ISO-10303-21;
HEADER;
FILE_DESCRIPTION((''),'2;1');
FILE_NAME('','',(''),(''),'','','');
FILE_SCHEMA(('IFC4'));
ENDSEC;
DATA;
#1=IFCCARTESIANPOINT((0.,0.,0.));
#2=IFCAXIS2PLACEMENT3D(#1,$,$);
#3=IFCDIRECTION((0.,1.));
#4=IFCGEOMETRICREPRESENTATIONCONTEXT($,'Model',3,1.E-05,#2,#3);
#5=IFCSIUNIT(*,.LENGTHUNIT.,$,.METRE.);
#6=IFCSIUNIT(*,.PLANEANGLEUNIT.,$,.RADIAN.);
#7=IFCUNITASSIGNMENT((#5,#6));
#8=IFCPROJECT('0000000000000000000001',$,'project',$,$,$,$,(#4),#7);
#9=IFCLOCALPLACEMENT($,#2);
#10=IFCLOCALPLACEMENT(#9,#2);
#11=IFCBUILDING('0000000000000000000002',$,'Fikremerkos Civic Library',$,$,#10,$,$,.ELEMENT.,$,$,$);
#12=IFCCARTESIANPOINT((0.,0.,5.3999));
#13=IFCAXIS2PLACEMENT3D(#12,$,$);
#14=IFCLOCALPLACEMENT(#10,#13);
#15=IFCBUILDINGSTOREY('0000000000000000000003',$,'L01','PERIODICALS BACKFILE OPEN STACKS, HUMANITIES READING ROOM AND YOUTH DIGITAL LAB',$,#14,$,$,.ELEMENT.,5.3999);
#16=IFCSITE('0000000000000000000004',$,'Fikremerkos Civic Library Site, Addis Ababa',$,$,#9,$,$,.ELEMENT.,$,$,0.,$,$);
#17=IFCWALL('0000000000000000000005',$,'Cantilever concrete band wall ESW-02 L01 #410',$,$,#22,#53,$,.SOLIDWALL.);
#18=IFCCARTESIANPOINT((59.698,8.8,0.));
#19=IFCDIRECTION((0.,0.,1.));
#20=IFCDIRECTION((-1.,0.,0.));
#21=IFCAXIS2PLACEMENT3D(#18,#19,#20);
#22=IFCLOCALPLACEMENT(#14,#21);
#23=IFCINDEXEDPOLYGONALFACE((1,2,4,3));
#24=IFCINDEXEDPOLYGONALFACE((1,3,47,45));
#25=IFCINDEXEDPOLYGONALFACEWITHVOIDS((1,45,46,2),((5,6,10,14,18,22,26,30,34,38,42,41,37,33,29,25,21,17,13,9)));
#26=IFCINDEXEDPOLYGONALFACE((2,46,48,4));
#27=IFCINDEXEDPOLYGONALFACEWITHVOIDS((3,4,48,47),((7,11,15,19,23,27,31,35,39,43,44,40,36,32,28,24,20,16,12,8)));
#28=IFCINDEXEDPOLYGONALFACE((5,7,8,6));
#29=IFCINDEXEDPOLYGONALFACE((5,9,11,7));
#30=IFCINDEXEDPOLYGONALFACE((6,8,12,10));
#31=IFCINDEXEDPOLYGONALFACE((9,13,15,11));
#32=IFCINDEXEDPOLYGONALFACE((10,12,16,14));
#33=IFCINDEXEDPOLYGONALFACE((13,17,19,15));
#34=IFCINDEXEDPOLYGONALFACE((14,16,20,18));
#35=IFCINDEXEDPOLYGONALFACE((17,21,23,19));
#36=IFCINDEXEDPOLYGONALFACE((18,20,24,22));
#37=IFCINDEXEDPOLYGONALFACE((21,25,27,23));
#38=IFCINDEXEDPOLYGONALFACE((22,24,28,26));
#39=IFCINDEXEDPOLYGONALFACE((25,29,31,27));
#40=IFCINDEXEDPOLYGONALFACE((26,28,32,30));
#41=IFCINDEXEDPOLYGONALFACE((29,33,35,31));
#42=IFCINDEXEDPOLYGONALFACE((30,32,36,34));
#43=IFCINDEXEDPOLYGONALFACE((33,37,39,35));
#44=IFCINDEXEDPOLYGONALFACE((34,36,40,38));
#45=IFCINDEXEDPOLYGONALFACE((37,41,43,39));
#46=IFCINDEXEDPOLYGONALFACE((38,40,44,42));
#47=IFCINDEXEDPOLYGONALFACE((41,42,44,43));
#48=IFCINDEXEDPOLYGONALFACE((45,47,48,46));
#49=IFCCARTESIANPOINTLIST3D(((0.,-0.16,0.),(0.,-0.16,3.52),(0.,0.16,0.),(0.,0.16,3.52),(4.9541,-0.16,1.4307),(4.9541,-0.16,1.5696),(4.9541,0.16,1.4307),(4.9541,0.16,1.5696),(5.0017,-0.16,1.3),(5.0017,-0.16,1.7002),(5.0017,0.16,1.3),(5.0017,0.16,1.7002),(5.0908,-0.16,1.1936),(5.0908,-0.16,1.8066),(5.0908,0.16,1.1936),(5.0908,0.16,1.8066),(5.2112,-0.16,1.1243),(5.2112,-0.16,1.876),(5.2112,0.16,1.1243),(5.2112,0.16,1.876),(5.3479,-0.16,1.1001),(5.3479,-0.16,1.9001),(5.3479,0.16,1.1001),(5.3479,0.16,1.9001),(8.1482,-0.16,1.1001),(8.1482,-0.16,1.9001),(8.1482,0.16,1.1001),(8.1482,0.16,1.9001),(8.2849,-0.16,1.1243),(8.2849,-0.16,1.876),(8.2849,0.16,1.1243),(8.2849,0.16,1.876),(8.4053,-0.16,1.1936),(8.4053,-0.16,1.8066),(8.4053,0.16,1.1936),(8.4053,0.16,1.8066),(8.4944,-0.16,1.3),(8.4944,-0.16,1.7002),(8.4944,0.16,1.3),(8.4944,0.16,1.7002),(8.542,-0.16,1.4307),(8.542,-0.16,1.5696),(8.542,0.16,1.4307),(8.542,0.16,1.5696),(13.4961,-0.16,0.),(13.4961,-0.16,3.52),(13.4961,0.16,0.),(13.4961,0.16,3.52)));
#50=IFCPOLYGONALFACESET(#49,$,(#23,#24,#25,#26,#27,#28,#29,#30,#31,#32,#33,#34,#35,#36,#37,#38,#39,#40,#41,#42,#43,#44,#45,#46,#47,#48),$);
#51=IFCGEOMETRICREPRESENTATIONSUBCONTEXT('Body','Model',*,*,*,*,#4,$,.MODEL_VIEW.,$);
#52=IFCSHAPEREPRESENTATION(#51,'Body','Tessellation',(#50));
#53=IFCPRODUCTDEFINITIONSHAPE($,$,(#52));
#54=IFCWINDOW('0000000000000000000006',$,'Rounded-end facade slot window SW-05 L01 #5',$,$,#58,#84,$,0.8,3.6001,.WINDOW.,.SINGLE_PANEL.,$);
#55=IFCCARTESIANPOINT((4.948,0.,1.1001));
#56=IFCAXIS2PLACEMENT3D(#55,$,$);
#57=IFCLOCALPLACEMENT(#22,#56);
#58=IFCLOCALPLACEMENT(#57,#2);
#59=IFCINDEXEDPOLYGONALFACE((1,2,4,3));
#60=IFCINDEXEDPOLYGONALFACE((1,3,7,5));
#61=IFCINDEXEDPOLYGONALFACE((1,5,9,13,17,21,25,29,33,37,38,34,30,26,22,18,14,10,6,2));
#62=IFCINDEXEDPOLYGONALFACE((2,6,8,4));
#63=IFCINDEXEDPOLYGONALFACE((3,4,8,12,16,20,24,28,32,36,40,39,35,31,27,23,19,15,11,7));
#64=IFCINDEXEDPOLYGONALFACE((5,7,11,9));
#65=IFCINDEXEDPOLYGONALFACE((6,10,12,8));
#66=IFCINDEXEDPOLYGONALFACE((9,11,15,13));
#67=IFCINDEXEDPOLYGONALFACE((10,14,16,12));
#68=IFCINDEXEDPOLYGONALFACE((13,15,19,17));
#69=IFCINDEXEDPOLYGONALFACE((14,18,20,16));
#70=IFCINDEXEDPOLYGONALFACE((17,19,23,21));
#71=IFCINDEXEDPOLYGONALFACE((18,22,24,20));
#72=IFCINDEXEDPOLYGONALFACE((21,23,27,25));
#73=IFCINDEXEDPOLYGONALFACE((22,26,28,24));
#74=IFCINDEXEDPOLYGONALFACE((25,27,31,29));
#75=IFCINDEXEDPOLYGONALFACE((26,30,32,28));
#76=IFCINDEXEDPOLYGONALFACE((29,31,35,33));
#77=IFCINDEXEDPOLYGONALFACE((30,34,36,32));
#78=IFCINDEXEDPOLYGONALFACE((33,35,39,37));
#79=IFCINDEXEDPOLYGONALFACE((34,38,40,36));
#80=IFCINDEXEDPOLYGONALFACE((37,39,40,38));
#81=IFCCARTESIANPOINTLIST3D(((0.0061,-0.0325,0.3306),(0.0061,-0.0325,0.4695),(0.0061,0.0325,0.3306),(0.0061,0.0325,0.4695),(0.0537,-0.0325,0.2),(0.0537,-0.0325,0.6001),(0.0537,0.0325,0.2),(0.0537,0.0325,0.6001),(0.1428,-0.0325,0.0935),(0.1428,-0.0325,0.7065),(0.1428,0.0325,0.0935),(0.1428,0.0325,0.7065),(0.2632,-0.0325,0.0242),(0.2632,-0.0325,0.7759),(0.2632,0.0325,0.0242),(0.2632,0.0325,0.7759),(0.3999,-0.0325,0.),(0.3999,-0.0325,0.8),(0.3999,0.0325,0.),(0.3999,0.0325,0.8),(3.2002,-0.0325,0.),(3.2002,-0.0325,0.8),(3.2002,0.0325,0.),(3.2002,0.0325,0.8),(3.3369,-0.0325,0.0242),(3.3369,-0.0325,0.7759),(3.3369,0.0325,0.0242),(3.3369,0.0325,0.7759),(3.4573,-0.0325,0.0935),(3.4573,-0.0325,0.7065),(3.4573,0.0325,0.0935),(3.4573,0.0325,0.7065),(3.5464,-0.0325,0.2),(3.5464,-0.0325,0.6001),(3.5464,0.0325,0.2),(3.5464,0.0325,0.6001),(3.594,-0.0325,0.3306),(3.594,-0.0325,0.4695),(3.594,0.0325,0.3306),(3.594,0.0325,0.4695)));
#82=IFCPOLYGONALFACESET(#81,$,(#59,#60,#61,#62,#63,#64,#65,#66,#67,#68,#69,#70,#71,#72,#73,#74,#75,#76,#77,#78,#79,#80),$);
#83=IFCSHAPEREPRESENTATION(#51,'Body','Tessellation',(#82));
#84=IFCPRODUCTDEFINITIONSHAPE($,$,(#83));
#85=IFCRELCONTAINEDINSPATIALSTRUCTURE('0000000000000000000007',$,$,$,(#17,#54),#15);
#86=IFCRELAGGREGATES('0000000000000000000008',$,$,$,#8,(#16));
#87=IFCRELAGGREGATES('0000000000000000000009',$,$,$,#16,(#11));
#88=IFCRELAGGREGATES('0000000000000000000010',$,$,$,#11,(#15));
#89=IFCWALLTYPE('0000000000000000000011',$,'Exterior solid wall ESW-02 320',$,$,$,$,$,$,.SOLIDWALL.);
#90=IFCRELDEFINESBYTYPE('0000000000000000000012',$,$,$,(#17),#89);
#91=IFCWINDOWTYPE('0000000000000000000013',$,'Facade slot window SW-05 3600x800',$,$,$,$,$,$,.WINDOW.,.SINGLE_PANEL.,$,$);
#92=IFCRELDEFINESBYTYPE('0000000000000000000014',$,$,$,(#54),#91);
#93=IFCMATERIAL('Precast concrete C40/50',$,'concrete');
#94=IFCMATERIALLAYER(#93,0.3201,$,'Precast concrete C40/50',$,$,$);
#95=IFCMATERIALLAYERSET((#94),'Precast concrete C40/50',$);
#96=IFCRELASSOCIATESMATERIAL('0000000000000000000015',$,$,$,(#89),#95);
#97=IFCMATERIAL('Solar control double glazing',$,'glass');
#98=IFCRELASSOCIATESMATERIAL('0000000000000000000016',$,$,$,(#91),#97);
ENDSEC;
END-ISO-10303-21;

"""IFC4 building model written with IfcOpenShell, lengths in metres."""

from ifc_helpers import new_model, si_unit, direction, frame, frame_2d, origin, place, context, subcontext, project, spatial, polyline, rectangle, outline, extrude, material, layer, layer_set, type_object, element, fill, save


model = new_model("IFC4")

# Units and contexts
model_context = context("Model", 3, precision=1e-05, world=origin(), true_north=direction((0.0, 1.0)))
body_context = subcontext(model_context, "Body", "Model", "MODEL_VIEW")
ifc_project = project(units=[si_unit("LENGTHUNIT", "METRE"), si_unit("PLANEANGLEUNIT", "RADIAN")], contexts=[model_context])

# Site, building, storey
site_placement = place(None, origin())
site = spatial("IfcSite", under=ifc_project, at=site_placement, Name="Fikremerkos Civic Library Site, Addis Ababa", CompositionType="ELEMENT", RefElevation=0.0)
building_placement = place(site_placement, origin())
building = spatial("IfcBuilding", under=site, at=building_placement, Name="Fikremerkos Civic Library", CompositionType="ELEMENT")
storey_placement = place(building_placement, frame((0.0, 0.0, 5.3999)))
storey = spatial("IfcBuildingStorey", under=building, at=storey_placement, Name="L01", Description="PERIODICALS BACKFILE OPEN STACKS, HUMANITIES READING ROOM AND YOUTH DIGITAL LAB", CompositionType="ELEMENT", Elevation=5.3999)

# Wall, opening, window
ifc_material_1 = material(Name="Precast concrete C40/50", Category="concrete")
ifc_layer_1 = layer(ifc_material_1, 0.3201, Name="Precast concrete C40/50")
ifc_layer_set_1 = layer_set([ifc_layer_1], Name="Precast concrete C40/50")
wall_type_1 = type_object("IfcWallType", Name="Exterior solid wall ESW-02 320", PredefinedType="SOLIDWALL", material=ifc_layer_set_1)
wall_1_placement = place(storey_placement, frame((59.698, 8.8, 0.0), z_axis=(0.0, 0.0, 1.0), x_axis=(-1.0, 0.0, 0.0)))
wall_1 = element("IfcWall", 1, at=wall_1_placement, inside=storey, type_object=wall_type_1, Name="Cantilever concrete band wall ESW-02 L01 #410", PredefinedType="SOLIDWALL", context=body_context, shape_type="SweptSolid", body=[
    extrude(rectangle(XDim=13.4961, YDim=0.3201, at=frame_2d((6.748, 0.0))), origin(), (0.0, 0.0, 1.0), 3.52),
])
opening_1_placement = place(wall_1_placement, frame((4.948, 0.0, 1.1001)))
opening_1 = element("IfcOpeningElement", 2, at=opening_1_placement, cuts=wall_1, PredefinedType="OPENING", context=body_context, shape_type="SweptSolid", body=[
    extrude(outline(polyline([(0.3999, 0.8), (0.2632, 0.7759), (0.1428, 0.7065), (0.0537, 0.6001), (0.0061, 0.4695), (0.0061, 0.3306), (0.0537, 0.2), (0.1428, 0.0935), (0.2632, 0.0242), (0.3999, 0.0), (3.2002, 0.0), (3.3369, 0.0242), (3.4573, 0.0935), (3.5464, 0.2), (3.594, 0.3306), (3.594, 0.4695), (3.5464, 0.6001), (3.4573, 0.7065), (3.3369, 0.7759), (3.2002, 0.8), (0.3999, 0.8)])), frame((0.0, 0.1699, 0.0), z_axis=(0.0, -1.0, 0.0), x_axis=(1.0, 0.0, 0.0)), (0.0, 0.0, 1.0), 0.3401),
])
ifc_material_2 = material(Name="Solar control double glazing", Category="glass")
window_type = type_object("IfcWindowType", Name="Facade slot window SW-05 3600x800", PartitioningType="SINGLE_PANEL", PredefinedType="WINDOW", material=ifc_material_2)
window_placement = place(opening_1_placement, origin())
window = element("IfcWindow", 3, at=window_placement, inside=storey, type_object=window_type, Name="Rounded-end facade slot window SW-05 L01 #5", OverallHeight=0.8, OverallWidth=3.6001, PartitioningType="SINGLE_PANEL", PredefinedType="WINDOW", context=body_context, shape_type="SweptSolid", body=[
    extrude(outline(polyline([(0.3999, 0.8), (0.2632, 0.7759), (0.1428, 0.7065), (0.0537, 0.6001), (0.0061, 0.4695), (0.0061, 0.3306), (0.0537, 0.2), (0.1428, 0.0935), (0.2632, 0.0242), (0.3999, 0.0), (3.2002, 0.0), (3.3369, 0.0242), (3.4573, 0.0935), (3.5464, 0.2), (3.594, 0.3306), (3.594, 0.4695), (3.5464, 0.6001), (3.4573, 0.7065), (3.3369, 0.7759), (3.2002, 0.8), (0.3999, 0.8)])), frame((0.0, 0.0325, 0.0), z_axis=(0.0, -1.0, 0.0), x_axis=(1.0, 0.0, 0.0)), (0.0, 0.0, 1.0), 0.0649),
])
fill(opening_1, window)

save(model, "model.ifc")
